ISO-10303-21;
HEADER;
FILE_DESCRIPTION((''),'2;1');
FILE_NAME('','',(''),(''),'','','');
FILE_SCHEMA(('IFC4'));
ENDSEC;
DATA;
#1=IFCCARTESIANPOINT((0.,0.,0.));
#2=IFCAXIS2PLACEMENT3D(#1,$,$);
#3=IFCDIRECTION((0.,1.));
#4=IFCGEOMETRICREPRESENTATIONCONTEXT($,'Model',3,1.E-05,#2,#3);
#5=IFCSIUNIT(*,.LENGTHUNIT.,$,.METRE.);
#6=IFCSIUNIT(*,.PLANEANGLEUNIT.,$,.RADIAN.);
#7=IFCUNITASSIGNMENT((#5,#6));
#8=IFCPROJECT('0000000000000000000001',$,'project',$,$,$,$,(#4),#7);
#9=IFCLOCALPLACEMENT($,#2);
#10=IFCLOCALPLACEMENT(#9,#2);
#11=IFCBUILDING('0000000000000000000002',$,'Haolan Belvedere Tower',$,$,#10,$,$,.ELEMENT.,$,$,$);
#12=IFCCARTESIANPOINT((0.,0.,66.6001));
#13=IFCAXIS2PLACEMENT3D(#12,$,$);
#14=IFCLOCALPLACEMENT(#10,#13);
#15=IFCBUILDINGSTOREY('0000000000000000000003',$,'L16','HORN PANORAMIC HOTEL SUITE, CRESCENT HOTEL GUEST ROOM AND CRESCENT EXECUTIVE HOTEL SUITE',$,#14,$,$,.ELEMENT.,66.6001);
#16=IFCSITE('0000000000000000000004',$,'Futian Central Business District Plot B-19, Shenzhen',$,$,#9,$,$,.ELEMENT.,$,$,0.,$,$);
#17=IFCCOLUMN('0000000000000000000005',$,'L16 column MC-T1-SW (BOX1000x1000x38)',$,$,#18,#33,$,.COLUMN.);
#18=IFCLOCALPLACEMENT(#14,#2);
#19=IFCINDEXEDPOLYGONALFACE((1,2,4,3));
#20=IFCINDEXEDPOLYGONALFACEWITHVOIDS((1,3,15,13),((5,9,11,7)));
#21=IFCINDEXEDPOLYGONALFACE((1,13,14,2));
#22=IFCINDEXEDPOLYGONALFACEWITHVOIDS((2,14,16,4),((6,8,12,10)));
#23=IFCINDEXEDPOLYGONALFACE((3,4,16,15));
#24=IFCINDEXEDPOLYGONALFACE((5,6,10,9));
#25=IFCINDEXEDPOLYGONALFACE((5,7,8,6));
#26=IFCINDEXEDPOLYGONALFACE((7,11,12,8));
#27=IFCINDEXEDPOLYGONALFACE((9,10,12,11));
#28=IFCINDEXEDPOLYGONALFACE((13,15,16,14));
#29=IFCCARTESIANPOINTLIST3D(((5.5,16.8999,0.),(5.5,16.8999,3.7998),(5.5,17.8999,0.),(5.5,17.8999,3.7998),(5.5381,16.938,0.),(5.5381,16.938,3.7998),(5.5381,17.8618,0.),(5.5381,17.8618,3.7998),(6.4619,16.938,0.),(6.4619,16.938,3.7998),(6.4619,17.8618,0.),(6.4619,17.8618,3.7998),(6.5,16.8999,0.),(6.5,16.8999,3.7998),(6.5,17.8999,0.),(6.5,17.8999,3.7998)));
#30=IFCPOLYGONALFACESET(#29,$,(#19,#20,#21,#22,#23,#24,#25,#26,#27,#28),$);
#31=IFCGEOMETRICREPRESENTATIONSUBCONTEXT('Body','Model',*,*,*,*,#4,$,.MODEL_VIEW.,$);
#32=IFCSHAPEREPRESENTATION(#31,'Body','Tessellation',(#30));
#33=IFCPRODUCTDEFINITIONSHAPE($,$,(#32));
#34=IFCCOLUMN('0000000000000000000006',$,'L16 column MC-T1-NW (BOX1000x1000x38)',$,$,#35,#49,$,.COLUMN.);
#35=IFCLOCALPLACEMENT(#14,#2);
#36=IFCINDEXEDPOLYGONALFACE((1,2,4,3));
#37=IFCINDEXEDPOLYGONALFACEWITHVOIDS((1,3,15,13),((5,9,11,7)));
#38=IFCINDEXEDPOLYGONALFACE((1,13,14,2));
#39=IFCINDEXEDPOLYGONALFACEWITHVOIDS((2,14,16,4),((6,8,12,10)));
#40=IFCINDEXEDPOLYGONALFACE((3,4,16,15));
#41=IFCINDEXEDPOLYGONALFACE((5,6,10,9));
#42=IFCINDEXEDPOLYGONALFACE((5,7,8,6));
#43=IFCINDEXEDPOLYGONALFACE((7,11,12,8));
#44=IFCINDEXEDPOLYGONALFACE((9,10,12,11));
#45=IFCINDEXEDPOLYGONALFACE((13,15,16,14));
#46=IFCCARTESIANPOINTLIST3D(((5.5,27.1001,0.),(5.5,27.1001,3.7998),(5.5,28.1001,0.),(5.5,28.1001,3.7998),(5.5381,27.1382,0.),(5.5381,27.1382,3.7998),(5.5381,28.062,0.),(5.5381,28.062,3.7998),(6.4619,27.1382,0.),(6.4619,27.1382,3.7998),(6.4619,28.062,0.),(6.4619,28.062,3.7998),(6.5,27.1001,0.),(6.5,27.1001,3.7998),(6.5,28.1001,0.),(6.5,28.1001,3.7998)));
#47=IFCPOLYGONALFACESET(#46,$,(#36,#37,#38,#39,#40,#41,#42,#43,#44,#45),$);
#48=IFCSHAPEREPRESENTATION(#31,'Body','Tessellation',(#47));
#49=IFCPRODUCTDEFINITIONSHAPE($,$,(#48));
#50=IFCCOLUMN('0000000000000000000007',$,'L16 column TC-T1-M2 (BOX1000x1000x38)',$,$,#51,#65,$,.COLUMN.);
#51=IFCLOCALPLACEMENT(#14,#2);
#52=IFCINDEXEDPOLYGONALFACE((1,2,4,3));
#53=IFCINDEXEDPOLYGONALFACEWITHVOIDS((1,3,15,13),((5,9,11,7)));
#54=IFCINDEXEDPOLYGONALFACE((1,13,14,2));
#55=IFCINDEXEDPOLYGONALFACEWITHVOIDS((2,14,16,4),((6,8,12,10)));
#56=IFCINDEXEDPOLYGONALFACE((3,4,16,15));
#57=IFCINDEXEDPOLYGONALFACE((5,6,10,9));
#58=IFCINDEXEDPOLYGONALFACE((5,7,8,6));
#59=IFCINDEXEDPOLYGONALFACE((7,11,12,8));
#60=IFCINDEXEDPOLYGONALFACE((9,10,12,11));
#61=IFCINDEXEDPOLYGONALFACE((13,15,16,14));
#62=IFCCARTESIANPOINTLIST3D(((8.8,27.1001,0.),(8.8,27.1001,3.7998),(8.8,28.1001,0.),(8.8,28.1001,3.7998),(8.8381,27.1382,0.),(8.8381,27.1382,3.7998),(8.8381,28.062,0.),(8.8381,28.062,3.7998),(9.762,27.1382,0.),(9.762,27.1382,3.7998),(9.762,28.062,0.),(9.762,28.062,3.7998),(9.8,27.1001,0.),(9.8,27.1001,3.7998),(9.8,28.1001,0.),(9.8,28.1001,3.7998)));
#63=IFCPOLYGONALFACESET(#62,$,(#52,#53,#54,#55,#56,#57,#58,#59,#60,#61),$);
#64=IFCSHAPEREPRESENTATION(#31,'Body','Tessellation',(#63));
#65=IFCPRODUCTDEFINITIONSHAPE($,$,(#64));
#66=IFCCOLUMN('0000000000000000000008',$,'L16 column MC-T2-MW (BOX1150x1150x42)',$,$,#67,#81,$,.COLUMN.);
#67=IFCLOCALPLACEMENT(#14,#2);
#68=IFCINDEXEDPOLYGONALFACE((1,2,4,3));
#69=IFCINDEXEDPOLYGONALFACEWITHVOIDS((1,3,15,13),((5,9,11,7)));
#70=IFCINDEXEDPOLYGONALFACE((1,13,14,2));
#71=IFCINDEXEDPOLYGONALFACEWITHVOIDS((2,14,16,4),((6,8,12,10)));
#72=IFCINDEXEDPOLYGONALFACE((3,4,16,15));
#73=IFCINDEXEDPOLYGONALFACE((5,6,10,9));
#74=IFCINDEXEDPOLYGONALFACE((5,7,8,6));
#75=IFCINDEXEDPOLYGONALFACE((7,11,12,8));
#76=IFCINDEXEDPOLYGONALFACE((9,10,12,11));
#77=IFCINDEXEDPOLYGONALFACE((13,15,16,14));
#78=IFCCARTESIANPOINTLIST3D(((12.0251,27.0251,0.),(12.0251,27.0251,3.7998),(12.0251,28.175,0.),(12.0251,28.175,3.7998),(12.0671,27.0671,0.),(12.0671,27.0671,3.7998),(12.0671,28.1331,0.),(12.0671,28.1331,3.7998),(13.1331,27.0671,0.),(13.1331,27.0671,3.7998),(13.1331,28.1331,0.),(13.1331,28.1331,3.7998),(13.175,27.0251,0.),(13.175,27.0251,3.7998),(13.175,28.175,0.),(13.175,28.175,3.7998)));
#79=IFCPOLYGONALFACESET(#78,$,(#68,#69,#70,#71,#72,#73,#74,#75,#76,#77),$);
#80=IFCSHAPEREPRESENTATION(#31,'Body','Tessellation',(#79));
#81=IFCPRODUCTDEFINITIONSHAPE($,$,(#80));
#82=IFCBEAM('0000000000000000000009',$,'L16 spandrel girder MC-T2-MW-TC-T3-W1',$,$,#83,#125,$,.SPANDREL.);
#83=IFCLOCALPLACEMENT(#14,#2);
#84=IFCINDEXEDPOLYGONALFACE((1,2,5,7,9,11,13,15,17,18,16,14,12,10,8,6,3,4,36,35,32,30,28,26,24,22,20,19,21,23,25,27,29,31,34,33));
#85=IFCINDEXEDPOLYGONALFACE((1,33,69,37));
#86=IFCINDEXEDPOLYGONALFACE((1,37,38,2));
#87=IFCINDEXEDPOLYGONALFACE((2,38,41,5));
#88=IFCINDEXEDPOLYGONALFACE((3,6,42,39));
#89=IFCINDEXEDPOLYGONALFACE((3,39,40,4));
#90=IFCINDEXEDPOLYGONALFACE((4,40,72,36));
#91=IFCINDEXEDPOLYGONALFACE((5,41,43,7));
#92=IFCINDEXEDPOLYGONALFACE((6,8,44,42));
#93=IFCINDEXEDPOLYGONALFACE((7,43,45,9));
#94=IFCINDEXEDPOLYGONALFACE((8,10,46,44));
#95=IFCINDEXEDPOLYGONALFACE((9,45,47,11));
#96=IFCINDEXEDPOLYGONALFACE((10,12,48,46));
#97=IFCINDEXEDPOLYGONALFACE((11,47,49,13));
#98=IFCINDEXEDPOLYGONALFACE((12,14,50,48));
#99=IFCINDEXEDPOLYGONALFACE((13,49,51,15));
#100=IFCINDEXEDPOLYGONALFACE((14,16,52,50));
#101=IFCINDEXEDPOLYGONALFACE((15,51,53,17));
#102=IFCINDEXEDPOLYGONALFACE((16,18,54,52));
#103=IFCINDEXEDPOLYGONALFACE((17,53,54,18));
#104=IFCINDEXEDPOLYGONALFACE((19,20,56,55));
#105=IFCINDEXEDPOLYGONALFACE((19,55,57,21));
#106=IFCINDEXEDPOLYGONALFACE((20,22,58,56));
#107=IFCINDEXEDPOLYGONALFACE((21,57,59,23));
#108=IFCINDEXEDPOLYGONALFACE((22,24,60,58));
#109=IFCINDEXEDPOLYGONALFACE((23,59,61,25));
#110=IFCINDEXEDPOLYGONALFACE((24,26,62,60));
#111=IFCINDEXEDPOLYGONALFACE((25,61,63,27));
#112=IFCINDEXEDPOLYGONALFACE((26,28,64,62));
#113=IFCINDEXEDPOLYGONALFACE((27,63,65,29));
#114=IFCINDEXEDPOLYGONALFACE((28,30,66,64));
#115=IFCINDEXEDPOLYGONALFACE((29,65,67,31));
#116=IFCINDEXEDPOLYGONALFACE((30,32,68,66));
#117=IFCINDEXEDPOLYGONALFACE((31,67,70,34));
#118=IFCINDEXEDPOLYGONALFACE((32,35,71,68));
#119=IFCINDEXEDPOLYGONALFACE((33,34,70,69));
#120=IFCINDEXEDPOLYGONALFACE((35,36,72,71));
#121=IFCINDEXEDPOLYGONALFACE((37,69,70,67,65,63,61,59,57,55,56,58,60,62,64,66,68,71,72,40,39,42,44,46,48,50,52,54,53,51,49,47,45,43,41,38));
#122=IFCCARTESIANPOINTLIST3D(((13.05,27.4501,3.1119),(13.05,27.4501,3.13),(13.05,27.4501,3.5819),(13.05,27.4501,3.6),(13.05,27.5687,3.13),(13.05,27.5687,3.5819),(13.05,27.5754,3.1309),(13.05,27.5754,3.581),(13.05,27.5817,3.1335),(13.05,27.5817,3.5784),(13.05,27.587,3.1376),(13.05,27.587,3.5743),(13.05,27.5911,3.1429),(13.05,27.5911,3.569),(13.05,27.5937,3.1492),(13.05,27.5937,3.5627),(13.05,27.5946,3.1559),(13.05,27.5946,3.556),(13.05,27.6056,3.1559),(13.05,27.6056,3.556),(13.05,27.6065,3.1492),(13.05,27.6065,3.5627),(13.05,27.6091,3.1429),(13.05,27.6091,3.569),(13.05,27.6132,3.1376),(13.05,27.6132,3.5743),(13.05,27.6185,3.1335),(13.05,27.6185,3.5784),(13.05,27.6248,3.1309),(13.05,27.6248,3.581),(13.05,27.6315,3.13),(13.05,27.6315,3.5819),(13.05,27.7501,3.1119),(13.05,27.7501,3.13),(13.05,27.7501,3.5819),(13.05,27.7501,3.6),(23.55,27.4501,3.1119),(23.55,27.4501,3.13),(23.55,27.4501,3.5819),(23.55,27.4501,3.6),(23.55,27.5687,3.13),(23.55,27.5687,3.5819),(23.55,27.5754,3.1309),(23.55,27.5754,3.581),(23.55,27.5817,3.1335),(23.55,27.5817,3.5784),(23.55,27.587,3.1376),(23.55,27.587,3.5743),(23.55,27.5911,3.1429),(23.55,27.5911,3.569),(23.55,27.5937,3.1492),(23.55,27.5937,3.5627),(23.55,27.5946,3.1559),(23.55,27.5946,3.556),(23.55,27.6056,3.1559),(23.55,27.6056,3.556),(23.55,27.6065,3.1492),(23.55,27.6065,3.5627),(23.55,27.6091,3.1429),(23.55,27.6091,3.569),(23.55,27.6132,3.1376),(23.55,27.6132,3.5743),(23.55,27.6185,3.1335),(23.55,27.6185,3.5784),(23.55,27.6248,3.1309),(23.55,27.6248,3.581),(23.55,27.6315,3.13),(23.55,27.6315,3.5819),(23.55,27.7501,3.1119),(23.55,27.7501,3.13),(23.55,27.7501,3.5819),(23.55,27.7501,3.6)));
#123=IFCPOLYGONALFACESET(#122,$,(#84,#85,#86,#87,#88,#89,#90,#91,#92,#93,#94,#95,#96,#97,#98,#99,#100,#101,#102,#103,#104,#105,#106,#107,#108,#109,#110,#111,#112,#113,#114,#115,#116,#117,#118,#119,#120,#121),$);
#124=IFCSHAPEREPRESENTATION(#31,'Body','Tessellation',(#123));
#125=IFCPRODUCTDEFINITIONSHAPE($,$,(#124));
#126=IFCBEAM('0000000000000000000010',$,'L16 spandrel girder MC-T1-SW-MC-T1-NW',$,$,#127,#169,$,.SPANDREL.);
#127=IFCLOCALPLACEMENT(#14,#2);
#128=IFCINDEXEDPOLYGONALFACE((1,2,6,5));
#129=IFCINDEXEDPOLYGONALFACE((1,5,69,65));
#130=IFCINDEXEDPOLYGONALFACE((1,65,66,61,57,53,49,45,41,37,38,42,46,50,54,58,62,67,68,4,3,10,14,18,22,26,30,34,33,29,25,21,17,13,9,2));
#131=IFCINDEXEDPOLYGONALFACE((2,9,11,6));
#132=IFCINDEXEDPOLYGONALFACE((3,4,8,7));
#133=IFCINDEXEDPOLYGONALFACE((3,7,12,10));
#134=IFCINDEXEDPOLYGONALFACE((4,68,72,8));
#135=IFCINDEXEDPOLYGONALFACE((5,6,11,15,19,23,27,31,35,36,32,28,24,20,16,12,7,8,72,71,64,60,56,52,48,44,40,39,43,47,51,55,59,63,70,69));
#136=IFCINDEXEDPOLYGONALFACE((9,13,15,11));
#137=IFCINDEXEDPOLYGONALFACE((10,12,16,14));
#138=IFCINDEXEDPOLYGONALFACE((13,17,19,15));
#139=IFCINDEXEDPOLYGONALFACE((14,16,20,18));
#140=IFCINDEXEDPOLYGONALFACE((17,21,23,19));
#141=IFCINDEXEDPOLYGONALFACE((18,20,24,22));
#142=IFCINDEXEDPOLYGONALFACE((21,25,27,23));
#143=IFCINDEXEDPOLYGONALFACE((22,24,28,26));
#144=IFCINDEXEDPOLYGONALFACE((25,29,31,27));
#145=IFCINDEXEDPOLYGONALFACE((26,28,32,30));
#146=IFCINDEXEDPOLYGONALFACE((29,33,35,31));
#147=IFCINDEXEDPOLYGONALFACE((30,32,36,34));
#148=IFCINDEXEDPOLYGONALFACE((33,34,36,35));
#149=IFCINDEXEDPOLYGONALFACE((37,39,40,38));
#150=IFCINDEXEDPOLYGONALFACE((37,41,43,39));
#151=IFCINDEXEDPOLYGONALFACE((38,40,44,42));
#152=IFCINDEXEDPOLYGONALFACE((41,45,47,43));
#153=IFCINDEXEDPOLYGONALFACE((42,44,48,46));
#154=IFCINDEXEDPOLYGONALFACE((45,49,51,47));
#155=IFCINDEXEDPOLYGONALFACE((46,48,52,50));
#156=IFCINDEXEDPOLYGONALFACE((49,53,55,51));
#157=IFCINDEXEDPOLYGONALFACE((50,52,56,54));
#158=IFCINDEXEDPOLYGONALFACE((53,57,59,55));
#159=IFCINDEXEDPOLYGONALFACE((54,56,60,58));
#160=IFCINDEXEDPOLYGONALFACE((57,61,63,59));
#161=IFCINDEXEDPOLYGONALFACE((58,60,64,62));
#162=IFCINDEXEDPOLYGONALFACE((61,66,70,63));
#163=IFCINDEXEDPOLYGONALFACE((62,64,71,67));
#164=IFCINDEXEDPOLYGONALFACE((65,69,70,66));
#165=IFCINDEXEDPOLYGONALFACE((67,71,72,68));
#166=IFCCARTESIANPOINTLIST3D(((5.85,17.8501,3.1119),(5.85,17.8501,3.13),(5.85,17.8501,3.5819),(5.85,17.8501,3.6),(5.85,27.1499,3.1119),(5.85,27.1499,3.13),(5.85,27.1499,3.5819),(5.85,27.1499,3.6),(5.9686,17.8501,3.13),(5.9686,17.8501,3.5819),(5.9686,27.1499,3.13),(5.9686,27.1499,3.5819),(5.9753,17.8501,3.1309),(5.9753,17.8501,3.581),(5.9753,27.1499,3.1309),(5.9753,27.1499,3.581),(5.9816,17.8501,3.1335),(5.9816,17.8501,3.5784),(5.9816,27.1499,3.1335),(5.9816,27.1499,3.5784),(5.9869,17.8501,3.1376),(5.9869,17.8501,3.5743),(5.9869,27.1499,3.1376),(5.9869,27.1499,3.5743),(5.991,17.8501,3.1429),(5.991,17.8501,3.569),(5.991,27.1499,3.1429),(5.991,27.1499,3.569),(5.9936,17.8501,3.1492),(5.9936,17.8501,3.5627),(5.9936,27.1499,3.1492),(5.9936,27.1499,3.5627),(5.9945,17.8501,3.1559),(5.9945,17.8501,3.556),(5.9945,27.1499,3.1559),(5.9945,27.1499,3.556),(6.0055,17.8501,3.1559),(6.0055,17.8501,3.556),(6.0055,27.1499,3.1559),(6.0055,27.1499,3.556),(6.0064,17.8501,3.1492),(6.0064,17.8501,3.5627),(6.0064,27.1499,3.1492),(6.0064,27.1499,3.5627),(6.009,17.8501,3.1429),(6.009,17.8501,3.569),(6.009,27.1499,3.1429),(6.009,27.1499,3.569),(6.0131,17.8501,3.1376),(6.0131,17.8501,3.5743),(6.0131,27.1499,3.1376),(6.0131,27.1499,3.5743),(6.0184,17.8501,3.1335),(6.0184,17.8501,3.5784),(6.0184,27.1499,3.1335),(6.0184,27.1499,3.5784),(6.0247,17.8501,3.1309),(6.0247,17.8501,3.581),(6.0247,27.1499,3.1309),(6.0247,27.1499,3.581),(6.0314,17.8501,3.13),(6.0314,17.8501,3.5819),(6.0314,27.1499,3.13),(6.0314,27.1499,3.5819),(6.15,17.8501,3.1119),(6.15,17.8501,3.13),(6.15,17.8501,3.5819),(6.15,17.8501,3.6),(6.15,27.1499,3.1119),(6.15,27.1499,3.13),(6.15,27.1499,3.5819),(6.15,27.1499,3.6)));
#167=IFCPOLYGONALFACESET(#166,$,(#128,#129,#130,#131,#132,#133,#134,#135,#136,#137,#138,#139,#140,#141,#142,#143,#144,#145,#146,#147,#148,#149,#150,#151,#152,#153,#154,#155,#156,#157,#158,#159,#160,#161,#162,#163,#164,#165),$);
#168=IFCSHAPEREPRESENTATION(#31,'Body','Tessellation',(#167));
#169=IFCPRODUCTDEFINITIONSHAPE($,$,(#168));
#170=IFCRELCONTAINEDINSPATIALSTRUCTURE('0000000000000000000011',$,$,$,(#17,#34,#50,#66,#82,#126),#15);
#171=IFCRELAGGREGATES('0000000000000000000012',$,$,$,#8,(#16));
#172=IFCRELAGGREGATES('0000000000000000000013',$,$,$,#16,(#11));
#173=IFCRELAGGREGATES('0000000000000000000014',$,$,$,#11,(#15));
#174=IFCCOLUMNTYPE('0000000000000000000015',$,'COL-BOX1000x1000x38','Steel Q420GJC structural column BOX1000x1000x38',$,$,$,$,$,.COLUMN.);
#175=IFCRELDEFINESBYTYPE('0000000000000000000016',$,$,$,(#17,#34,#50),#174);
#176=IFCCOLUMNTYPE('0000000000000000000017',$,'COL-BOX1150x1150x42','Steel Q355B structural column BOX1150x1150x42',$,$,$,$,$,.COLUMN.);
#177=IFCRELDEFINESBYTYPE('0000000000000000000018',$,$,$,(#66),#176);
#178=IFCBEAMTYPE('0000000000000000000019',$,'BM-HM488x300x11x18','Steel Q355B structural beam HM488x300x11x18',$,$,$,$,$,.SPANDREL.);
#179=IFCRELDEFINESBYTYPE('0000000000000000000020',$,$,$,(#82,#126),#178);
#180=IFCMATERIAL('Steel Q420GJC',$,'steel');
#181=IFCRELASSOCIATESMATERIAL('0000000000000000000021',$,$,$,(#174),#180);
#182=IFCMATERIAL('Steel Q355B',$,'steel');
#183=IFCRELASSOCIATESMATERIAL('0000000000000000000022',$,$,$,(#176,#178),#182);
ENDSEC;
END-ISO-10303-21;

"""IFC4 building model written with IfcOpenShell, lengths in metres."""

from ifc_helpers import new_model, si_unit, direction, frame, origin, origin_2d, place, context, subcontext, project, spatial, hollow_rectangle, i_section, extrude, material, material_profile, profile_set, type_object, element, save


model = new_model("IFC4")

# Units and contexts
model_context = context("Model", 3, precision=1e-05, world=origin(), true_north=direction((0.0, 1.0)))
body_context = subcontext(model_context, "Body", "Model", "MODEL_VIEW")
ifc_project = project(units=[si_unit("LENGTHUNIT", "METRE"), si_unit("PLANEANGLEUNIT", "RADIAN")], contexts=[model_context])

# Site, building, storey
site_placement = place(None, origin())
site = spatial("IfcSite", under=ifc_project, at=site_placement, Name="Futian Central Business District Plot B-19, Shenzhen", CompositionType="ELEMENT", RefElevation=0.0)
building_placement = place(site_placement, origin())
building = spatial("IfcBuilding", under=site, at=building_placement, Name="Haolan Belvedere Tower", CompositionType="ELEMENT")
storey_placement = place(building_placement, frame((0.0, 0.0, 66.6001)))
storey = spatial("IfcBuildingStorey", under=building, at=storey_placement, Name="L16", Description="HORN PANORAMIC HOTEL SUITE, CRESCENT HOTEL GUEST ROOM AND CRESCENT EXECUTIVE HOTEL SUITE", CompositionType="ELEMENT", Elevation=66.6001)

# Columns
ifc_material_1 = material(Name="Steel Q420GJC", Category="steel")
ifc_material_profile_1 = material_profile(ifc_material_1, hollow_rectangle(XDim=1.0, YDim=1.0, WallThickness=0.0381, at=origin_2d()), Name="Steel Q420GJC")
ifc_profile_set_1 = profile_set([ifc_material_profile_1], Name="Steel Q420GJC")
column_type_1 = type_object("IfcColumnType", Name="COL-BOX1000x1000x38", Description="Steel Q420GJC structural column BOX1000x1000x38", PredefinedType="COLUMN", material=ifc_profile_set_1)
for number, where, z_axis, x_axis, name in (
    (1, (6.0, 17.3999, 0.0), (0.0, 0.0, 1.0), (1.0, 0.0, 0.0), "L16 column MC-T1-SW (BOX1000x1000x38)"),
    (2, (6.0, 27.6001, 0.0), (0.0, 0.0, 1.0), (1.0, 0.0, 0.0), "L16 column MC-T1-NW (BOX1000x1000x38)"),
    (3, (9.3, 27.6001, 0.0), (0.0, 0.0, 1.0), (1.0, 0.0, 0.0), "L16 column TC-T1-M2 (BOX1000x1000x38)"),
):
    element("IfcColumn", number, at=place(storey_placement, frame(where, z_axis=z_axis, x_axis=x_axis)), inside=storey, type_object=column_type_1, Name=name, PredefinedType="COLUMN", context=body_context, shape_type="SweptSolid", body=[
        extrude(hollow_rectangle(XDim=1.0, YDim=1.0, WallThickness=0.0381, at=origin_2d()), origin(), (0.0, 0.0, 1.0), 3.7998),
    ])
ifc_material_2 = material(Name="Steel Q355B", Category="steel")
ifc_material_profile_2 = material_profile(ifc_material_2, hollow_rectangle(XDim=1.1499, YDim=1.1499, WallThickness=0.042, at=origin_2d()), Name="Steel Q355B")
ifc_profile_set_2 = profile_set([ifc_material_profile_2], Name="Steel Q355B")
column_type_2 = type_object("IfcColumnType", Name="COL-BOX1150x1150x42", Description="Steel Q355B structural column BOX1150x1150x42", PredefinedType="COLUMN", material=ifc_profile_set_2)
column_placement = place(storey_placement, frame((12.6001, 27.6001, 0.0), z_axis=(0.0, 0.0, 1.0), x_axis=(1.0, 0.0, 0.0)))
element("IfcColumn", 4, at=column_placement, inside=storey, type_object=column_type_2, Name="L16 column MC-T2-MW (BOX1150x1150x42)", PredefinedType="COLUMN", context=body_context, shape_type="SweptSolid", body=[
    extrude(hollow_rectangle(XDim=1.1499, YDim=1.1499, WallThickness=0.042, at=origin_2d()), origin(), (0.0, 0.0, 1.0), 3.7998),
])

# Beams
ifc_material_profile_3 = material_profile(ifc_material_2, i_section(OverallWidth=0.3, OverallDepth=0.488, WebThickness=0.011, FlangeThickness=0.0181, FilletRadius=0.0259, at=origin_2d()), Name="Steel Q355B")
ifc_profile_set_3 = profile_set([ifc_material_profile_3], Name="Steel Q355B")
beam_type_1 = type_object("IfcBeamType", Name="BM-HM488x300x11x18", Description="Steel Q355B structural beam HM488x300x11x18", PredefinedType="SPANDREL", material=ifc_profile_set_3)
beam_1_placement = place(storey_placement, frame((13.05, 27.6001, 3.356), z_axis=(1.0, 0.0, 0.0), x_axis=(0.0, 1.0, 0.0)))
element("IfcBeam", 5, at=beam_1_placement, inside=storey, type_object=beam_type_1, Name="L16 spandrel girder MC-T2-MW-TC-T3-W1", PredefinedType="SPANDREL", context=body_context, shape_type="SweptSolid", body=[
    extrude(i_section(OverallWidth=0.3, OverallDepth=0.488, WebThickness=0.011, FlangeThickness=0.0181, FilletRadius=0.0259, at=origin_2d()), origin(), (0.0, 0.0, 1.0), 10.5),
])
beam_2_placement = place(storey_placement, frame((6.0, 17.8501, 3.356), z_axis=(0.0, 1.0, 0.0), x_axis=(-1.0, 0.0, 0.0)))
element("IfcBeam", 6, at=beam_2_placement, inside=storey, type_object=beam_type_1, Name="L16 spandrel girder MC-T1-SW-MC-T1-NW", PredefinedType="SPANDREL", context=body_context, shape_type="SweptSolid", body=[
    extrude(i_section(OverallWidth=0.3, OverallDepth=0.488, WebThickness=0.011, FlangeThickness=0.0181, FilletRadius=0.0259, at=origin_2d()), origin(), (0.0, 0.0, 1.0), 9.2998),
])

save(model, "model.ifc")
